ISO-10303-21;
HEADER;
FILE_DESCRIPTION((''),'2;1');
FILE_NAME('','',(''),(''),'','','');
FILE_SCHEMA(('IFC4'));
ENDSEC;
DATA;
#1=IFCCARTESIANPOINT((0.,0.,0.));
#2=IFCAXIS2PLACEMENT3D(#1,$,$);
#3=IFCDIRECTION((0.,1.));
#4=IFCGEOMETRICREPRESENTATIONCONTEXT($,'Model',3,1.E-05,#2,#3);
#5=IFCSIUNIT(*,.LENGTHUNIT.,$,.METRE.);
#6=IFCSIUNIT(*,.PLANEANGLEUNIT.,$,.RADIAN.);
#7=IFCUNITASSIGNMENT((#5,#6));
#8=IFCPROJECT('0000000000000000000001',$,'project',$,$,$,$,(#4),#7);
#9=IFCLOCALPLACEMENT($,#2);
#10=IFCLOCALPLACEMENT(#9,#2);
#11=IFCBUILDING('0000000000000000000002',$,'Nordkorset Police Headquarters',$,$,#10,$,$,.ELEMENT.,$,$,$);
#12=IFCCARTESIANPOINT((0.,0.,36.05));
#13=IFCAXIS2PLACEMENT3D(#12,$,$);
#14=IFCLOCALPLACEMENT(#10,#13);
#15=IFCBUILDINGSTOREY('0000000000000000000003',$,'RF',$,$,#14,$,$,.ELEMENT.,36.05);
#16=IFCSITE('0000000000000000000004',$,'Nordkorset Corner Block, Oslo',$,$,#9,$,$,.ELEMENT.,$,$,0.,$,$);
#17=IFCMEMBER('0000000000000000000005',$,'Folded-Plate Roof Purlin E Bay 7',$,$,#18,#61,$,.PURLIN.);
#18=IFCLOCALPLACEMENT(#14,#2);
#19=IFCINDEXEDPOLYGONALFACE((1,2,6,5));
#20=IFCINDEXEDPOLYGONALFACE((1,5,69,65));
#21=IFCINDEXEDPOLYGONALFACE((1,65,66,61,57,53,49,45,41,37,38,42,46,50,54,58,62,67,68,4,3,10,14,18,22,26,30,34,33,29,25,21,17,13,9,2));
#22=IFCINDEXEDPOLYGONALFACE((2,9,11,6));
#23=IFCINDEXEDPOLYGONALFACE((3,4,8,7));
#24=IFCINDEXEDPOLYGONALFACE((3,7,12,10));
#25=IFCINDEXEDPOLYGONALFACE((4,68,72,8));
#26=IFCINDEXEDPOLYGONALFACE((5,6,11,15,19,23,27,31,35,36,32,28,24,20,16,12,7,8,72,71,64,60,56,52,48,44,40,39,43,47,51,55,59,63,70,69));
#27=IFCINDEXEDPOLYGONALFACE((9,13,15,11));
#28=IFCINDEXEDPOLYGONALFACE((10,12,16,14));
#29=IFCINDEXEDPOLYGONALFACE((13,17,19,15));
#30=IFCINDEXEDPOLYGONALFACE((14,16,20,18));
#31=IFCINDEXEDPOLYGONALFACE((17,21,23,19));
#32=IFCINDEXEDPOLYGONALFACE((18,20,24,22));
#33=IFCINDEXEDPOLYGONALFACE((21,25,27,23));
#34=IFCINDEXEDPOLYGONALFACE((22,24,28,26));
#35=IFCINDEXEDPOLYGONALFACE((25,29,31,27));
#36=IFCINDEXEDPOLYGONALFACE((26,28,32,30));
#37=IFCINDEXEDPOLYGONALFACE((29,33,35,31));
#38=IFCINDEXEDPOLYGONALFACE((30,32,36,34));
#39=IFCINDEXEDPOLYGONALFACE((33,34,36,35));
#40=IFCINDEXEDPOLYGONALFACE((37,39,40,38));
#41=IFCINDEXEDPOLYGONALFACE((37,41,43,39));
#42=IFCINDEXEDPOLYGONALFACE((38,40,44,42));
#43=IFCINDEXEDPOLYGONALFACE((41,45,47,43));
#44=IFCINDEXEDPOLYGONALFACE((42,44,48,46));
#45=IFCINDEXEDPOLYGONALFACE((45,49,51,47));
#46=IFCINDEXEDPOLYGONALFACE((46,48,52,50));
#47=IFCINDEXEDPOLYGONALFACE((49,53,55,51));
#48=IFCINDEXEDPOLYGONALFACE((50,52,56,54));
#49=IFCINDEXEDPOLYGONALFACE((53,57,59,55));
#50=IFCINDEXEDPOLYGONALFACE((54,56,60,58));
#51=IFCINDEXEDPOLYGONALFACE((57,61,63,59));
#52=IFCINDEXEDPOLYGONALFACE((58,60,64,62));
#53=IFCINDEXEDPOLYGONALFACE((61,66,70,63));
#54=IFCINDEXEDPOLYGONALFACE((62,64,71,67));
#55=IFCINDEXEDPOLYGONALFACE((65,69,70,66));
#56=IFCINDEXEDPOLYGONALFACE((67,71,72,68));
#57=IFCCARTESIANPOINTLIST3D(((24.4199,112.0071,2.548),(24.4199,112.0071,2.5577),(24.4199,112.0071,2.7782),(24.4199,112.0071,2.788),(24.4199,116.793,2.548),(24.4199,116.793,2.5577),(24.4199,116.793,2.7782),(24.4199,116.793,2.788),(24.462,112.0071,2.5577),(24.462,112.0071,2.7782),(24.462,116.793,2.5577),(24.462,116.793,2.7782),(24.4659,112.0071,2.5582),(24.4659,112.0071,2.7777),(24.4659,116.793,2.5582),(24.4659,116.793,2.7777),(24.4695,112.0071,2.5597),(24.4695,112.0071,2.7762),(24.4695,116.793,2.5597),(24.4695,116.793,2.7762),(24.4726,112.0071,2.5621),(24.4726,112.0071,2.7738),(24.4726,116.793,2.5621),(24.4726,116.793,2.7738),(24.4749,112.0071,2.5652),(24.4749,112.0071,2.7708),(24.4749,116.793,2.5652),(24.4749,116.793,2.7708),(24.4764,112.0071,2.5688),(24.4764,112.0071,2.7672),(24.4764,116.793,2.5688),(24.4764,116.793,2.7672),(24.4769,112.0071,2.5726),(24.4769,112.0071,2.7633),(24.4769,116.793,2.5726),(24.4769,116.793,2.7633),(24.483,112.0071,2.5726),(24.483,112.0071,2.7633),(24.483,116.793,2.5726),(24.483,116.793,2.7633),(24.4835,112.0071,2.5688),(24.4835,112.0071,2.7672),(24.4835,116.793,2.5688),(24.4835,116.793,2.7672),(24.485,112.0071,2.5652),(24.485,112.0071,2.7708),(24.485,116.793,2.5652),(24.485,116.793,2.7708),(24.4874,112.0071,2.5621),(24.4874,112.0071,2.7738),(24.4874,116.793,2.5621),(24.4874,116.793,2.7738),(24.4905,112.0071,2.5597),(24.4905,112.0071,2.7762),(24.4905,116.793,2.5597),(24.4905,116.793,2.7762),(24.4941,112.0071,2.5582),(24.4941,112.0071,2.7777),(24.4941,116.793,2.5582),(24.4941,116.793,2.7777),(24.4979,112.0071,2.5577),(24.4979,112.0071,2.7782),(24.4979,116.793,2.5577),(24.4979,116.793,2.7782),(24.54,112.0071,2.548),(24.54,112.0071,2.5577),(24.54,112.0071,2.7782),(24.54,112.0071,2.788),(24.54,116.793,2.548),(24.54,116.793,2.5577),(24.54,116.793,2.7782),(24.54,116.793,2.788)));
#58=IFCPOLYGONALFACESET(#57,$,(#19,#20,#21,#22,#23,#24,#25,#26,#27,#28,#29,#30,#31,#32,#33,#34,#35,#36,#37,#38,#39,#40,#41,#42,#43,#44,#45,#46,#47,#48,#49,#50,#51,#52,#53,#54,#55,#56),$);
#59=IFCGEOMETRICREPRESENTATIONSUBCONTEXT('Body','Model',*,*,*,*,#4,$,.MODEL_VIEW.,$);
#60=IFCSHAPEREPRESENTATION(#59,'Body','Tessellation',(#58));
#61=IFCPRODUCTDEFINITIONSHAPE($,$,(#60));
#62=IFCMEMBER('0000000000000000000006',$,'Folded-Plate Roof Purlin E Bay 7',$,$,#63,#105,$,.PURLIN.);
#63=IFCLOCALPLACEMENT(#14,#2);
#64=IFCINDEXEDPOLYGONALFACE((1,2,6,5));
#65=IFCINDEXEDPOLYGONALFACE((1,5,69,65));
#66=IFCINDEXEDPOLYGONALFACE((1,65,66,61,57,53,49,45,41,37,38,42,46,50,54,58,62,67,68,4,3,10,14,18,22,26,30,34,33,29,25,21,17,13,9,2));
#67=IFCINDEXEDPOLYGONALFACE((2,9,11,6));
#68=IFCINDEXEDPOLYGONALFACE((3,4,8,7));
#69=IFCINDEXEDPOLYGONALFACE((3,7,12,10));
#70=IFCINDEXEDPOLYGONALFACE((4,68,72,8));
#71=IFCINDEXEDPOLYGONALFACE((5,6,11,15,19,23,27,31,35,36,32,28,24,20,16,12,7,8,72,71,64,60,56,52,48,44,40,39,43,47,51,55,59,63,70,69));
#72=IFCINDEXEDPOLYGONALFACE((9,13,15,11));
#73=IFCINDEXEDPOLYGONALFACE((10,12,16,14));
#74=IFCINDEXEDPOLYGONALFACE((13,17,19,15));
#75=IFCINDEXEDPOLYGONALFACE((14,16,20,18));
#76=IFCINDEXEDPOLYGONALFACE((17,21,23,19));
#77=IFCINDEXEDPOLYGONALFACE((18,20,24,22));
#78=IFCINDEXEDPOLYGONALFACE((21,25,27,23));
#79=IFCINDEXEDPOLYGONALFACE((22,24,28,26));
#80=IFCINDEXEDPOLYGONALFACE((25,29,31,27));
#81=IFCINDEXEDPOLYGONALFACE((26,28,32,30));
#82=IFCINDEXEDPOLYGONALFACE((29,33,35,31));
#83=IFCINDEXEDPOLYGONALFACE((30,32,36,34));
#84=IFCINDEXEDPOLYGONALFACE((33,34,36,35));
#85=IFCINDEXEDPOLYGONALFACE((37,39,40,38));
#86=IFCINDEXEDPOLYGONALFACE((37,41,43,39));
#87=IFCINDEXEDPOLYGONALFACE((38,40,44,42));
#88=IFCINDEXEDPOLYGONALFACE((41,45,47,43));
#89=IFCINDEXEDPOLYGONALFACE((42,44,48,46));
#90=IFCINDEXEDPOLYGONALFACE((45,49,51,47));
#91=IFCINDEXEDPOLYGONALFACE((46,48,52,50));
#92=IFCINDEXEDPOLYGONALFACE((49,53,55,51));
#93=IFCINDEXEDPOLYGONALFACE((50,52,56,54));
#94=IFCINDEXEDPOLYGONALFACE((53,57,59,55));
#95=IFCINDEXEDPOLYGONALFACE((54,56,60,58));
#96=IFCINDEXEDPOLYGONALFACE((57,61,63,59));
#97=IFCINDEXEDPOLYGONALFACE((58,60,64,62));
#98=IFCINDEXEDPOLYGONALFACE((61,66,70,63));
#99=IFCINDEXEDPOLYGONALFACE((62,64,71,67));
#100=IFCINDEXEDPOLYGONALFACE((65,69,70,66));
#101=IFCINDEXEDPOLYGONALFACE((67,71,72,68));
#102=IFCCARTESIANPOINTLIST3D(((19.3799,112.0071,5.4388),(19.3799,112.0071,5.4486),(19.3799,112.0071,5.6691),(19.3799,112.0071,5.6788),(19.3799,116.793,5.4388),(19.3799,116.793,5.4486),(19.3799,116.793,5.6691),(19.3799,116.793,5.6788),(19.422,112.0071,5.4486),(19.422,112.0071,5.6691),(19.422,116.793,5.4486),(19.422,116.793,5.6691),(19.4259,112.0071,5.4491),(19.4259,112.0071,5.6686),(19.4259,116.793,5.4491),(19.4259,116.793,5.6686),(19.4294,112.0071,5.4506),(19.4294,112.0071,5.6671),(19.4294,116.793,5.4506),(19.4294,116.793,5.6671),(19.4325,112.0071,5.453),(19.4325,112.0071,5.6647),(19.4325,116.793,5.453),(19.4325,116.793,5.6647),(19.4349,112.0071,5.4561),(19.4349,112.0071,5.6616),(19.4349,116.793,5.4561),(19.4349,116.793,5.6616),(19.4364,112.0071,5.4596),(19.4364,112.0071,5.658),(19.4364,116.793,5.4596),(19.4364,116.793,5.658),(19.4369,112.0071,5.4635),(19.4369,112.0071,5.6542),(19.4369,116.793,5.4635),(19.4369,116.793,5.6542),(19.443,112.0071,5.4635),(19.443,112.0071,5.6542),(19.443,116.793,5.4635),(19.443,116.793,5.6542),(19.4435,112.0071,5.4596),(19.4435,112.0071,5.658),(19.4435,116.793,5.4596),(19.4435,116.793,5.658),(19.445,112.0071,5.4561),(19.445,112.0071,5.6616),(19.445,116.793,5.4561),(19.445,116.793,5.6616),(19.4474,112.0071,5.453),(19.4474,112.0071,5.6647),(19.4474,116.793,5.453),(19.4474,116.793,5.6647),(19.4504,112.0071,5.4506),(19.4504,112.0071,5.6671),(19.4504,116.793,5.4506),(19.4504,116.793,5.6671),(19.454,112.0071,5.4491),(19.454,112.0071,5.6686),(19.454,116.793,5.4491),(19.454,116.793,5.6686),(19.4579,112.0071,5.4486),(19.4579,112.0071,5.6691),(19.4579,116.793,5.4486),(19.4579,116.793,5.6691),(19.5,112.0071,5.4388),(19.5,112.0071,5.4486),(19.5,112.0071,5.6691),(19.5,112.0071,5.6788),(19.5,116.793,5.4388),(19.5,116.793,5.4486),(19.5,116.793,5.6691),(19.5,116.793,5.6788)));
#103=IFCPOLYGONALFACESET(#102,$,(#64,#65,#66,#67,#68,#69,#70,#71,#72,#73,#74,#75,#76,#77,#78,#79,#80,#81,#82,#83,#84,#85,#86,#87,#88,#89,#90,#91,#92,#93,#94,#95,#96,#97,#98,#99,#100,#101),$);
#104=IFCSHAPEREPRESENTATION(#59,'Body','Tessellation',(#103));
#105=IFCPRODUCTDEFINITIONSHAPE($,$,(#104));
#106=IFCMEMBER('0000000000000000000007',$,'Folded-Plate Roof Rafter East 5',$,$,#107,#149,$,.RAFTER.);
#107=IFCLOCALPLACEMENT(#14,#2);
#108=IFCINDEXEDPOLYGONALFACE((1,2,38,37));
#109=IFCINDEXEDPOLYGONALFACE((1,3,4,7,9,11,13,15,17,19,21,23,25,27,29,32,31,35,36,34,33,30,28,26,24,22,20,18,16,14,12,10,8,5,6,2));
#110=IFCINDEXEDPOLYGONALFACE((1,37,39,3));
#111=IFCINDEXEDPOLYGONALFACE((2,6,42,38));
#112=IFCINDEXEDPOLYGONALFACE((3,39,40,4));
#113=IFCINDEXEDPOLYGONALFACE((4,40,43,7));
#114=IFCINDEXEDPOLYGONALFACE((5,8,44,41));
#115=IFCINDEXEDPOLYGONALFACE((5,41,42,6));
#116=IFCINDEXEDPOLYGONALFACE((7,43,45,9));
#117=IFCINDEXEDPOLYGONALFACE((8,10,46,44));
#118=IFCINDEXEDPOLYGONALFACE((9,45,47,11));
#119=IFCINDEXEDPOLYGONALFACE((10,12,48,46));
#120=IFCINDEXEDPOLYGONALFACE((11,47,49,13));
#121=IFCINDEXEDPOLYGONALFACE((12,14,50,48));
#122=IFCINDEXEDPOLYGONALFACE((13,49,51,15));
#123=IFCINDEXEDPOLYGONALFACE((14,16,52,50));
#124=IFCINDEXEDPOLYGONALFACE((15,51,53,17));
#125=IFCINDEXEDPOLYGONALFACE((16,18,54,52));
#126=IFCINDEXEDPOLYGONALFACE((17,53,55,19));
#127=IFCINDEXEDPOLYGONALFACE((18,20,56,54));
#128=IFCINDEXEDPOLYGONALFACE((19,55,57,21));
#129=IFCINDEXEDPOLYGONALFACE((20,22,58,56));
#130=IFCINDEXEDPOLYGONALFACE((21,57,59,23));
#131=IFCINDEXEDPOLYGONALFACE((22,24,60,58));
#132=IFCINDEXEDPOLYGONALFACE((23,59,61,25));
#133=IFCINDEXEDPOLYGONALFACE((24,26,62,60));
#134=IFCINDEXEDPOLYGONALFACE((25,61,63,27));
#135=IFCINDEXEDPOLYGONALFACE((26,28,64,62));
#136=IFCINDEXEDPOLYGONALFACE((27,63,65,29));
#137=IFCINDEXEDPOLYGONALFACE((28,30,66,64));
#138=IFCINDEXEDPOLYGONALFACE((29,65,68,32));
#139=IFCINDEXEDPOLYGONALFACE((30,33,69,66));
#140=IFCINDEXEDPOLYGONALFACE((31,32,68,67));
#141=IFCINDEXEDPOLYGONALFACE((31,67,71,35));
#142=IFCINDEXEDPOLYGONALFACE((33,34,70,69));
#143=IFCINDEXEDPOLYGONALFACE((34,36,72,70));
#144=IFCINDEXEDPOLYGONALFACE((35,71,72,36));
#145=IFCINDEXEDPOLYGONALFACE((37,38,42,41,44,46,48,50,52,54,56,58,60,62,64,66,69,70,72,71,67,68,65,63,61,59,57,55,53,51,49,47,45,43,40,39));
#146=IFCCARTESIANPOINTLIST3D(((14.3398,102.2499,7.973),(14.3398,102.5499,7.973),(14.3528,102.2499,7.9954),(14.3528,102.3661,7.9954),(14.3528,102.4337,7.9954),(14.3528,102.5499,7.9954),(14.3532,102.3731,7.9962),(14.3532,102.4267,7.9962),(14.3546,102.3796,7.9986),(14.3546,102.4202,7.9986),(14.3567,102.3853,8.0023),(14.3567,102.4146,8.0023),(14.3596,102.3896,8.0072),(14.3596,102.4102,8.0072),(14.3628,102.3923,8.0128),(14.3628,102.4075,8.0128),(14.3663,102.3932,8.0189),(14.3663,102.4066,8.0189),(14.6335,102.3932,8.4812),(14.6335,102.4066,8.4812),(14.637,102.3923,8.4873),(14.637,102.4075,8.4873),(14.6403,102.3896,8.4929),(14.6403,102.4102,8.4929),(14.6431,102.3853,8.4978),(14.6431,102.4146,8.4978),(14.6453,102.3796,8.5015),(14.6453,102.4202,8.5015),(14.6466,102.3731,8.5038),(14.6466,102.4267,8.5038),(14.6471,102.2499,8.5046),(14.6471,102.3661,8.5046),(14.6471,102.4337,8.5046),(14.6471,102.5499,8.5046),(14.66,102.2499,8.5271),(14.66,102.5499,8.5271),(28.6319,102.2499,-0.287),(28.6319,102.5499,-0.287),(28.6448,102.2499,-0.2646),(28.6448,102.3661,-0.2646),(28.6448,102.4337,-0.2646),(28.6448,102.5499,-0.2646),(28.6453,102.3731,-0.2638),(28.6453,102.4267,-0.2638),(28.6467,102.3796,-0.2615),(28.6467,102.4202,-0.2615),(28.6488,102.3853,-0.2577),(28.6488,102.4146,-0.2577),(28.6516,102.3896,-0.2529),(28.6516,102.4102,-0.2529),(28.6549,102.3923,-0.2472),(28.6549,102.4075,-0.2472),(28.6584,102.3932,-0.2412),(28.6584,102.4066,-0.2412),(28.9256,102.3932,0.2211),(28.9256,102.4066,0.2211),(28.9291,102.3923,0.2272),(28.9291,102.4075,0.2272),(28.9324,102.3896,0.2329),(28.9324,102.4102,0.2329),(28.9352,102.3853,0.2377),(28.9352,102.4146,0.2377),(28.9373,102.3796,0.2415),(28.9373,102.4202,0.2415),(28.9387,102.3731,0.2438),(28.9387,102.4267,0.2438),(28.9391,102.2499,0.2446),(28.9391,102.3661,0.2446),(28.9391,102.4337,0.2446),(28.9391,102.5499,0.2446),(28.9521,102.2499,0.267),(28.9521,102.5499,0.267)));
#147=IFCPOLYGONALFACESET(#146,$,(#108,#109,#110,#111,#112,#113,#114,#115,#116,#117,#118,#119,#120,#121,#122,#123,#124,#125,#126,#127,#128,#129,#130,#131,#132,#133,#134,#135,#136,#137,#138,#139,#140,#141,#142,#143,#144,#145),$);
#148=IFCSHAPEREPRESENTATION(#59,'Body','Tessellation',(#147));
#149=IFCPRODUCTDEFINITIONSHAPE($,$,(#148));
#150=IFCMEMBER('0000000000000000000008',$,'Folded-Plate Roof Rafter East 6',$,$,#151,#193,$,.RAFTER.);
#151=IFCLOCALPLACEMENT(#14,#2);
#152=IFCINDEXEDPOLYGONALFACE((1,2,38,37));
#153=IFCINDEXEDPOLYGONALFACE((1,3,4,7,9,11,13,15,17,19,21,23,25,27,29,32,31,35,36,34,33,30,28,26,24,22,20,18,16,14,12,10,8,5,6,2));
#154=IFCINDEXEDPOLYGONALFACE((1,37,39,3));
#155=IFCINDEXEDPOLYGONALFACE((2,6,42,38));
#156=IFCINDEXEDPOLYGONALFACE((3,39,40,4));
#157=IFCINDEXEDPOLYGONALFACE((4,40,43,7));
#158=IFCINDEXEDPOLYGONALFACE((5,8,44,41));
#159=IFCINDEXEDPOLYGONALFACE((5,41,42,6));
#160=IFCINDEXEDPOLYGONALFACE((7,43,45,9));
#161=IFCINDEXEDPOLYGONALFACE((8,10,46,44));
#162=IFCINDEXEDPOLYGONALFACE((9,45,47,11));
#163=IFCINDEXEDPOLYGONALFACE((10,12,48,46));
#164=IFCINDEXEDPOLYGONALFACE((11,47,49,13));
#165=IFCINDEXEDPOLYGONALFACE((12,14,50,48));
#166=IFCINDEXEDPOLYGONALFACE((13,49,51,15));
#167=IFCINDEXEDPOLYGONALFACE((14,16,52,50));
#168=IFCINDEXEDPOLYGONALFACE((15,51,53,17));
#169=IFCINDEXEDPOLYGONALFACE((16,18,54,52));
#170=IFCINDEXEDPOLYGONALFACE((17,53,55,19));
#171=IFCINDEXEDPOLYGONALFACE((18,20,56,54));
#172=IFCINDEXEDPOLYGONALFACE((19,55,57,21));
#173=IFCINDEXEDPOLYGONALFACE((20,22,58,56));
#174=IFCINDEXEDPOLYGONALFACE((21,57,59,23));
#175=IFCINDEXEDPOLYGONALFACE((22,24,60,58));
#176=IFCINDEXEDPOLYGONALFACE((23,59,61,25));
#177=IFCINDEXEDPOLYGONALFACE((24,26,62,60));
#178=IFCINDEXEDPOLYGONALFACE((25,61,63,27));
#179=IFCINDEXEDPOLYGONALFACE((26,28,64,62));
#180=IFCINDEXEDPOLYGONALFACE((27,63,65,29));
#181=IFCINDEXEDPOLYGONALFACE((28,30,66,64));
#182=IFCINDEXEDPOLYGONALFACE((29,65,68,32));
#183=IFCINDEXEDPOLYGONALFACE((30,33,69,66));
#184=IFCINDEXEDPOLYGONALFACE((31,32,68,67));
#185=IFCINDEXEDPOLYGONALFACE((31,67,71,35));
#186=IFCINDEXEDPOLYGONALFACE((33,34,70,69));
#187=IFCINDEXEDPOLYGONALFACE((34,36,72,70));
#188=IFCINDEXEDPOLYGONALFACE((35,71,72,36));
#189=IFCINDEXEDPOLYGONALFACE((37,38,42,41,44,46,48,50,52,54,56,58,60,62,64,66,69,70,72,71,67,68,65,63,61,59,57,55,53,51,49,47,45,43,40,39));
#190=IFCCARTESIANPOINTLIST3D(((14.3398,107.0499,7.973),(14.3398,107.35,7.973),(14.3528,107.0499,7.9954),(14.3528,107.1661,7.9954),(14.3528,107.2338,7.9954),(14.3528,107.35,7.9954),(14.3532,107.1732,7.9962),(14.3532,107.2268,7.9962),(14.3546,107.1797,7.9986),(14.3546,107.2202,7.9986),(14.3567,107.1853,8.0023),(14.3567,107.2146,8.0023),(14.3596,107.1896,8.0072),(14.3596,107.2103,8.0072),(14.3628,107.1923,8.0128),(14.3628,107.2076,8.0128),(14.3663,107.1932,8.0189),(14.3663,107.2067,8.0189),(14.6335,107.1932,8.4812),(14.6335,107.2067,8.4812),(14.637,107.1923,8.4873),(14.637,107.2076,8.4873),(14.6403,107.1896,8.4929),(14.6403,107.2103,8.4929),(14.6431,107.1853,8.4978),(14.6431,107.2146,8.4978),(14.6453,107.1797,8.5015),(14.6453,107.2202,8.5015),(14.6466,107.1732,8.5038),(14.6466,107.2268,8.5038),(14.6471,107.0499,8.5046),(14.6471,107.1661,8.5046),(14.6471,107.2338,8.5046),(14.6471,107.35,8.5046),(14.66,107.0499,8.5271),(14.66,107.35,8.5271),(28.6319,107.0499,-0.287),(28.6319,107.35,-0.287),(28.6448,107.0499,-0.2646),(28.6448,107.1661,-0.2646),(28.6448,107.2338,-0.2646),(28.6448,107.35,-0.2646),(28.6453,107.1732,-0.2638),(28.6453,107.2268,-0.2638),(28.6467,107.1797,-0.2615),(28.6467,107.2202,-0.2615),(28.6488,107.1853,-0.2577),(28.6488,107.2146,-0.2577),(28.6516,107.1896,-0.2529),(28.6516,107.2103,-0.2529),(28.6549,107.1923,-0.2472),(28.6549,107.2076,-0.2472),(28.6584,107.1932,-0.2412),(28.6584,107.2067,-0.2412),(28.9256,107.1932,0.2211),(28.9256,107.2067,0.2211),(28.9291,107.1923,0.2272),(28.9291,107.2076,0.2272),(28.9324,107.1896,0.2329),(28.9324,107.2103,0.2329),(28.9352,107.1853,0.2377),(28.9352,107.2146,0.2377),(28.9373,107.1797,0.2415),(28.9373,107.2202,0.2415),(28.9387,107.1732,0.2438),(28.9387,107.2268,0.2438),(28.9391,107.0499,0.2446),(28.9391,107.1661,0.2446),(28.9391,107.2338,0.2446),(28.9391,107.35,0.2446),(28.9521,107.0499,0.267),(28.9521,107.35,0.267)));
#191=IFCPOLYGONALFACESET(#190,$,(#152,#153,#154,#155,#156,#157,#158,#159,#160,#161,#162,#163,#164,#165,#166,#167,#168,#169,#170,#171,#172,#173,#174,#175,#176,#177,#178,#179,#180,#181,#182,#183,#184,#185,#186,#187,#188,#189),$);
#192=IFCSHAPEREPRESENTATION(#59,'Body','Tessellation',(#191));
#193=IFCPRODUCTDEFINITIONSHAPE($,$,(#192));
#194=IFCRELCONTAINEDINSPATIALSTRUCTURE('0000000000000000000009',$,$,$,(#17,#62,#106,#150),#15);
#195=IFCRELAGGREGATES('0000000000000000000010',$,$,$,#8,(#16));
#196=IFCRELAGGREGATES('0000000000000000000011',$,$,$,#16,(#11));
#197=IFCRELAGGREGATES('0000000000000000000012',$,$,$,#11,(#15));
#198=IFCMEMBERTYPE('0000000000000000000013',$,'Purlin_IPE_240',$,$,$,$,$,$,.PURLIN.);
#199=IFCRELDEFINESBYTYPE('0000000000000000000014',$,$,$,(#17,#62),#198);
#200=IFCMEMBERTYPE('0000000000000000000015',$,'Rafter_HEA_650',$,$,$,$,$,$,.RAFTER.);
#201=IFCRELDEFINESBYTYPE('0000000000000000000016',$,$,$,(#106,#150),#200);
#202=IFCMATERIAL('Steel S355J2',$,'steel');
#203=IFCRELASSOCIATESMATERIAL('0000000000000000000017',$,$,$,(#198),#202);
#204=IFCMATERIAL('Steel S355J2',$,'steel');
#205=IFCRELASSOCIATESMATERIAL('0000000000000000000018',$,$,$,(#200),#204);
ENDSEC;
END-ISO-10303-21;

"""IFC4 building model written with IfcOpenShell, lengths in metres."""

from ifc_helpers import new_model, si_unit, direction, frame, origin, origin_2d, place, context, subcontext, project, spatial, i_section, extrude, material, material_profile, profile_set, type_object, element, save


model = new_model("IFC4")

# Units and contexts
model_context = context("Model", 3, precision=1e-05, world=origin(), true_north=direction((0.0, 1.0)))
body_context = subcontext(model_context, "Body", "Model", "MODEL_VIEW")
ifc_project = project(units=[si_unit("LENGTHUNIT", "METRE"), si_unit("PLANEANGLEUNIT", "RADIAN")], contexts=[model_context])

# Site, building, storey
site_placement = place(None, origin())
site = spatial("IfcSite", under=ifc_project, at=site_placement, Name="Nordkorset Corner Block, Oslo", CompositionType="ELEMENT", RefElevation=0.0)
building_placement = place(site_placement, origin())
building = spatial("IfcBuilding", under=site, at=building_placement, Name="Nordkorset Police Headquarters", CompositionType="ELEMENT")
storey_placement = place(building_placement, frame((0.0, 0.0, 36.05)))
storey = spatial("IfcBuildingStorey", under=building, at=storey_placement, Name="RF", CompositionType="ELEMENT", Elevation=36.05)

# Members
ifc_material_1 = material(Name="Steel S355J2", Category="steel")
ifc_material_profile_1 = material_profile(ifc_material_1, i_section(OverallWidth=0.1201, OverallDepth=0.24, WebThickness=0.0061, FlangeThickness=0.0098, FilletRadius=0.0149, at=origin_2d()), Name="IPE 240")
ifc_profile_set_1 = profile_set([ifc_material_profile_1], Name="Steel S355J2")
member_type_1 = type_object("IfcMemberType", Name="Purlin_IPE_240", PredefinedType="PURLIN", material=ifc_profile_set_1)
for number, where, z_axis, x_axis, name in (
    (1, (24.48, 112.0071, 2.668), (0.0, 1.0, 0.0), (-1.0, 0.0, 0.0), "Folded-Plate Roof Purlin E Bay 7"),
    (2, (19.4399, 112.0071, 5.5588), (0.0, 1.0, 0.0), (-1.0, 0.0, 0.0), "Folded-Plate Roof Purlin E Bay 7"),
):
    element("IfcMember", number, at=place(storey_placement, frame(where, z_axis=z_axis, x_axis=x_axis)), inside=storey, type_object=member_type_1, Name=name, PredefinedType="PURLIN", context=body_context, shape_type="SweptSolid", body=[
        extrude(i_section(OverallWidth=0.1201, OverallDepth=0.24, WebThickness=0.0061, FlangeThickness=0.0098, FilletRadius=0.0149, at=origin_2d()), origin(), (0.0, 0.0, 1.0), 4.7859),
    ])
ifc_material_2 = material(Name="Steel S355J2", Category="steel")
ifc_material_profile_2 = material_profile(ifc_material_2, i_section(OverallWidth=0.3, OverallDepth=0.6399, WebThickness=0.0134, FlangeThickness=0.0259, FilletRadius=0.0271, at=origin_2d()), Name="HEA 650")
ifc_profile_set_2 = profile_set([ifc_material_profile_2], Name="Steel S355J2")
member_type_2 = type_object("IfcMemberType", Name="Rafter_HEA_650", PredefinedType="RAFTER", material=ifc_profile_set_2)
for number, where, z_axis, x_axis, name in (
    (3, (28.792, 102.3999, -0.01), (-0.865802, 0.0, 0.500387), (0.0, -1.0, 0.0), "Folded-Plate Roof Rafter East 5"),
    (4, (28.792, 107.2, -0.01), (-0.865802, 0.0, 0.500387), (0.0, -1.0, 0.0), "Folded-Plate Roof Rafter East 6"),
):
    element("IfcMember", number, at=place(storey_placement, frame(where, z_axis=z_axis, x_axis=x_axis)), inside=storey, type_object=member_type_2, Name=name, PredefinedType="RAFTER", context=body_context, shape_type="SweptSolid", body=[
        extrude(i_section(OverallWidth=0.3, OverallDepth=0.6399, WebThickness=0.0134, FlangeThickness=0.0259, FilletRadius=0.0271, at=origin_2d()), origin(), (0.0, 0.0, 1.0), 16.5073),
    ])

save(model, "model.ifc")
